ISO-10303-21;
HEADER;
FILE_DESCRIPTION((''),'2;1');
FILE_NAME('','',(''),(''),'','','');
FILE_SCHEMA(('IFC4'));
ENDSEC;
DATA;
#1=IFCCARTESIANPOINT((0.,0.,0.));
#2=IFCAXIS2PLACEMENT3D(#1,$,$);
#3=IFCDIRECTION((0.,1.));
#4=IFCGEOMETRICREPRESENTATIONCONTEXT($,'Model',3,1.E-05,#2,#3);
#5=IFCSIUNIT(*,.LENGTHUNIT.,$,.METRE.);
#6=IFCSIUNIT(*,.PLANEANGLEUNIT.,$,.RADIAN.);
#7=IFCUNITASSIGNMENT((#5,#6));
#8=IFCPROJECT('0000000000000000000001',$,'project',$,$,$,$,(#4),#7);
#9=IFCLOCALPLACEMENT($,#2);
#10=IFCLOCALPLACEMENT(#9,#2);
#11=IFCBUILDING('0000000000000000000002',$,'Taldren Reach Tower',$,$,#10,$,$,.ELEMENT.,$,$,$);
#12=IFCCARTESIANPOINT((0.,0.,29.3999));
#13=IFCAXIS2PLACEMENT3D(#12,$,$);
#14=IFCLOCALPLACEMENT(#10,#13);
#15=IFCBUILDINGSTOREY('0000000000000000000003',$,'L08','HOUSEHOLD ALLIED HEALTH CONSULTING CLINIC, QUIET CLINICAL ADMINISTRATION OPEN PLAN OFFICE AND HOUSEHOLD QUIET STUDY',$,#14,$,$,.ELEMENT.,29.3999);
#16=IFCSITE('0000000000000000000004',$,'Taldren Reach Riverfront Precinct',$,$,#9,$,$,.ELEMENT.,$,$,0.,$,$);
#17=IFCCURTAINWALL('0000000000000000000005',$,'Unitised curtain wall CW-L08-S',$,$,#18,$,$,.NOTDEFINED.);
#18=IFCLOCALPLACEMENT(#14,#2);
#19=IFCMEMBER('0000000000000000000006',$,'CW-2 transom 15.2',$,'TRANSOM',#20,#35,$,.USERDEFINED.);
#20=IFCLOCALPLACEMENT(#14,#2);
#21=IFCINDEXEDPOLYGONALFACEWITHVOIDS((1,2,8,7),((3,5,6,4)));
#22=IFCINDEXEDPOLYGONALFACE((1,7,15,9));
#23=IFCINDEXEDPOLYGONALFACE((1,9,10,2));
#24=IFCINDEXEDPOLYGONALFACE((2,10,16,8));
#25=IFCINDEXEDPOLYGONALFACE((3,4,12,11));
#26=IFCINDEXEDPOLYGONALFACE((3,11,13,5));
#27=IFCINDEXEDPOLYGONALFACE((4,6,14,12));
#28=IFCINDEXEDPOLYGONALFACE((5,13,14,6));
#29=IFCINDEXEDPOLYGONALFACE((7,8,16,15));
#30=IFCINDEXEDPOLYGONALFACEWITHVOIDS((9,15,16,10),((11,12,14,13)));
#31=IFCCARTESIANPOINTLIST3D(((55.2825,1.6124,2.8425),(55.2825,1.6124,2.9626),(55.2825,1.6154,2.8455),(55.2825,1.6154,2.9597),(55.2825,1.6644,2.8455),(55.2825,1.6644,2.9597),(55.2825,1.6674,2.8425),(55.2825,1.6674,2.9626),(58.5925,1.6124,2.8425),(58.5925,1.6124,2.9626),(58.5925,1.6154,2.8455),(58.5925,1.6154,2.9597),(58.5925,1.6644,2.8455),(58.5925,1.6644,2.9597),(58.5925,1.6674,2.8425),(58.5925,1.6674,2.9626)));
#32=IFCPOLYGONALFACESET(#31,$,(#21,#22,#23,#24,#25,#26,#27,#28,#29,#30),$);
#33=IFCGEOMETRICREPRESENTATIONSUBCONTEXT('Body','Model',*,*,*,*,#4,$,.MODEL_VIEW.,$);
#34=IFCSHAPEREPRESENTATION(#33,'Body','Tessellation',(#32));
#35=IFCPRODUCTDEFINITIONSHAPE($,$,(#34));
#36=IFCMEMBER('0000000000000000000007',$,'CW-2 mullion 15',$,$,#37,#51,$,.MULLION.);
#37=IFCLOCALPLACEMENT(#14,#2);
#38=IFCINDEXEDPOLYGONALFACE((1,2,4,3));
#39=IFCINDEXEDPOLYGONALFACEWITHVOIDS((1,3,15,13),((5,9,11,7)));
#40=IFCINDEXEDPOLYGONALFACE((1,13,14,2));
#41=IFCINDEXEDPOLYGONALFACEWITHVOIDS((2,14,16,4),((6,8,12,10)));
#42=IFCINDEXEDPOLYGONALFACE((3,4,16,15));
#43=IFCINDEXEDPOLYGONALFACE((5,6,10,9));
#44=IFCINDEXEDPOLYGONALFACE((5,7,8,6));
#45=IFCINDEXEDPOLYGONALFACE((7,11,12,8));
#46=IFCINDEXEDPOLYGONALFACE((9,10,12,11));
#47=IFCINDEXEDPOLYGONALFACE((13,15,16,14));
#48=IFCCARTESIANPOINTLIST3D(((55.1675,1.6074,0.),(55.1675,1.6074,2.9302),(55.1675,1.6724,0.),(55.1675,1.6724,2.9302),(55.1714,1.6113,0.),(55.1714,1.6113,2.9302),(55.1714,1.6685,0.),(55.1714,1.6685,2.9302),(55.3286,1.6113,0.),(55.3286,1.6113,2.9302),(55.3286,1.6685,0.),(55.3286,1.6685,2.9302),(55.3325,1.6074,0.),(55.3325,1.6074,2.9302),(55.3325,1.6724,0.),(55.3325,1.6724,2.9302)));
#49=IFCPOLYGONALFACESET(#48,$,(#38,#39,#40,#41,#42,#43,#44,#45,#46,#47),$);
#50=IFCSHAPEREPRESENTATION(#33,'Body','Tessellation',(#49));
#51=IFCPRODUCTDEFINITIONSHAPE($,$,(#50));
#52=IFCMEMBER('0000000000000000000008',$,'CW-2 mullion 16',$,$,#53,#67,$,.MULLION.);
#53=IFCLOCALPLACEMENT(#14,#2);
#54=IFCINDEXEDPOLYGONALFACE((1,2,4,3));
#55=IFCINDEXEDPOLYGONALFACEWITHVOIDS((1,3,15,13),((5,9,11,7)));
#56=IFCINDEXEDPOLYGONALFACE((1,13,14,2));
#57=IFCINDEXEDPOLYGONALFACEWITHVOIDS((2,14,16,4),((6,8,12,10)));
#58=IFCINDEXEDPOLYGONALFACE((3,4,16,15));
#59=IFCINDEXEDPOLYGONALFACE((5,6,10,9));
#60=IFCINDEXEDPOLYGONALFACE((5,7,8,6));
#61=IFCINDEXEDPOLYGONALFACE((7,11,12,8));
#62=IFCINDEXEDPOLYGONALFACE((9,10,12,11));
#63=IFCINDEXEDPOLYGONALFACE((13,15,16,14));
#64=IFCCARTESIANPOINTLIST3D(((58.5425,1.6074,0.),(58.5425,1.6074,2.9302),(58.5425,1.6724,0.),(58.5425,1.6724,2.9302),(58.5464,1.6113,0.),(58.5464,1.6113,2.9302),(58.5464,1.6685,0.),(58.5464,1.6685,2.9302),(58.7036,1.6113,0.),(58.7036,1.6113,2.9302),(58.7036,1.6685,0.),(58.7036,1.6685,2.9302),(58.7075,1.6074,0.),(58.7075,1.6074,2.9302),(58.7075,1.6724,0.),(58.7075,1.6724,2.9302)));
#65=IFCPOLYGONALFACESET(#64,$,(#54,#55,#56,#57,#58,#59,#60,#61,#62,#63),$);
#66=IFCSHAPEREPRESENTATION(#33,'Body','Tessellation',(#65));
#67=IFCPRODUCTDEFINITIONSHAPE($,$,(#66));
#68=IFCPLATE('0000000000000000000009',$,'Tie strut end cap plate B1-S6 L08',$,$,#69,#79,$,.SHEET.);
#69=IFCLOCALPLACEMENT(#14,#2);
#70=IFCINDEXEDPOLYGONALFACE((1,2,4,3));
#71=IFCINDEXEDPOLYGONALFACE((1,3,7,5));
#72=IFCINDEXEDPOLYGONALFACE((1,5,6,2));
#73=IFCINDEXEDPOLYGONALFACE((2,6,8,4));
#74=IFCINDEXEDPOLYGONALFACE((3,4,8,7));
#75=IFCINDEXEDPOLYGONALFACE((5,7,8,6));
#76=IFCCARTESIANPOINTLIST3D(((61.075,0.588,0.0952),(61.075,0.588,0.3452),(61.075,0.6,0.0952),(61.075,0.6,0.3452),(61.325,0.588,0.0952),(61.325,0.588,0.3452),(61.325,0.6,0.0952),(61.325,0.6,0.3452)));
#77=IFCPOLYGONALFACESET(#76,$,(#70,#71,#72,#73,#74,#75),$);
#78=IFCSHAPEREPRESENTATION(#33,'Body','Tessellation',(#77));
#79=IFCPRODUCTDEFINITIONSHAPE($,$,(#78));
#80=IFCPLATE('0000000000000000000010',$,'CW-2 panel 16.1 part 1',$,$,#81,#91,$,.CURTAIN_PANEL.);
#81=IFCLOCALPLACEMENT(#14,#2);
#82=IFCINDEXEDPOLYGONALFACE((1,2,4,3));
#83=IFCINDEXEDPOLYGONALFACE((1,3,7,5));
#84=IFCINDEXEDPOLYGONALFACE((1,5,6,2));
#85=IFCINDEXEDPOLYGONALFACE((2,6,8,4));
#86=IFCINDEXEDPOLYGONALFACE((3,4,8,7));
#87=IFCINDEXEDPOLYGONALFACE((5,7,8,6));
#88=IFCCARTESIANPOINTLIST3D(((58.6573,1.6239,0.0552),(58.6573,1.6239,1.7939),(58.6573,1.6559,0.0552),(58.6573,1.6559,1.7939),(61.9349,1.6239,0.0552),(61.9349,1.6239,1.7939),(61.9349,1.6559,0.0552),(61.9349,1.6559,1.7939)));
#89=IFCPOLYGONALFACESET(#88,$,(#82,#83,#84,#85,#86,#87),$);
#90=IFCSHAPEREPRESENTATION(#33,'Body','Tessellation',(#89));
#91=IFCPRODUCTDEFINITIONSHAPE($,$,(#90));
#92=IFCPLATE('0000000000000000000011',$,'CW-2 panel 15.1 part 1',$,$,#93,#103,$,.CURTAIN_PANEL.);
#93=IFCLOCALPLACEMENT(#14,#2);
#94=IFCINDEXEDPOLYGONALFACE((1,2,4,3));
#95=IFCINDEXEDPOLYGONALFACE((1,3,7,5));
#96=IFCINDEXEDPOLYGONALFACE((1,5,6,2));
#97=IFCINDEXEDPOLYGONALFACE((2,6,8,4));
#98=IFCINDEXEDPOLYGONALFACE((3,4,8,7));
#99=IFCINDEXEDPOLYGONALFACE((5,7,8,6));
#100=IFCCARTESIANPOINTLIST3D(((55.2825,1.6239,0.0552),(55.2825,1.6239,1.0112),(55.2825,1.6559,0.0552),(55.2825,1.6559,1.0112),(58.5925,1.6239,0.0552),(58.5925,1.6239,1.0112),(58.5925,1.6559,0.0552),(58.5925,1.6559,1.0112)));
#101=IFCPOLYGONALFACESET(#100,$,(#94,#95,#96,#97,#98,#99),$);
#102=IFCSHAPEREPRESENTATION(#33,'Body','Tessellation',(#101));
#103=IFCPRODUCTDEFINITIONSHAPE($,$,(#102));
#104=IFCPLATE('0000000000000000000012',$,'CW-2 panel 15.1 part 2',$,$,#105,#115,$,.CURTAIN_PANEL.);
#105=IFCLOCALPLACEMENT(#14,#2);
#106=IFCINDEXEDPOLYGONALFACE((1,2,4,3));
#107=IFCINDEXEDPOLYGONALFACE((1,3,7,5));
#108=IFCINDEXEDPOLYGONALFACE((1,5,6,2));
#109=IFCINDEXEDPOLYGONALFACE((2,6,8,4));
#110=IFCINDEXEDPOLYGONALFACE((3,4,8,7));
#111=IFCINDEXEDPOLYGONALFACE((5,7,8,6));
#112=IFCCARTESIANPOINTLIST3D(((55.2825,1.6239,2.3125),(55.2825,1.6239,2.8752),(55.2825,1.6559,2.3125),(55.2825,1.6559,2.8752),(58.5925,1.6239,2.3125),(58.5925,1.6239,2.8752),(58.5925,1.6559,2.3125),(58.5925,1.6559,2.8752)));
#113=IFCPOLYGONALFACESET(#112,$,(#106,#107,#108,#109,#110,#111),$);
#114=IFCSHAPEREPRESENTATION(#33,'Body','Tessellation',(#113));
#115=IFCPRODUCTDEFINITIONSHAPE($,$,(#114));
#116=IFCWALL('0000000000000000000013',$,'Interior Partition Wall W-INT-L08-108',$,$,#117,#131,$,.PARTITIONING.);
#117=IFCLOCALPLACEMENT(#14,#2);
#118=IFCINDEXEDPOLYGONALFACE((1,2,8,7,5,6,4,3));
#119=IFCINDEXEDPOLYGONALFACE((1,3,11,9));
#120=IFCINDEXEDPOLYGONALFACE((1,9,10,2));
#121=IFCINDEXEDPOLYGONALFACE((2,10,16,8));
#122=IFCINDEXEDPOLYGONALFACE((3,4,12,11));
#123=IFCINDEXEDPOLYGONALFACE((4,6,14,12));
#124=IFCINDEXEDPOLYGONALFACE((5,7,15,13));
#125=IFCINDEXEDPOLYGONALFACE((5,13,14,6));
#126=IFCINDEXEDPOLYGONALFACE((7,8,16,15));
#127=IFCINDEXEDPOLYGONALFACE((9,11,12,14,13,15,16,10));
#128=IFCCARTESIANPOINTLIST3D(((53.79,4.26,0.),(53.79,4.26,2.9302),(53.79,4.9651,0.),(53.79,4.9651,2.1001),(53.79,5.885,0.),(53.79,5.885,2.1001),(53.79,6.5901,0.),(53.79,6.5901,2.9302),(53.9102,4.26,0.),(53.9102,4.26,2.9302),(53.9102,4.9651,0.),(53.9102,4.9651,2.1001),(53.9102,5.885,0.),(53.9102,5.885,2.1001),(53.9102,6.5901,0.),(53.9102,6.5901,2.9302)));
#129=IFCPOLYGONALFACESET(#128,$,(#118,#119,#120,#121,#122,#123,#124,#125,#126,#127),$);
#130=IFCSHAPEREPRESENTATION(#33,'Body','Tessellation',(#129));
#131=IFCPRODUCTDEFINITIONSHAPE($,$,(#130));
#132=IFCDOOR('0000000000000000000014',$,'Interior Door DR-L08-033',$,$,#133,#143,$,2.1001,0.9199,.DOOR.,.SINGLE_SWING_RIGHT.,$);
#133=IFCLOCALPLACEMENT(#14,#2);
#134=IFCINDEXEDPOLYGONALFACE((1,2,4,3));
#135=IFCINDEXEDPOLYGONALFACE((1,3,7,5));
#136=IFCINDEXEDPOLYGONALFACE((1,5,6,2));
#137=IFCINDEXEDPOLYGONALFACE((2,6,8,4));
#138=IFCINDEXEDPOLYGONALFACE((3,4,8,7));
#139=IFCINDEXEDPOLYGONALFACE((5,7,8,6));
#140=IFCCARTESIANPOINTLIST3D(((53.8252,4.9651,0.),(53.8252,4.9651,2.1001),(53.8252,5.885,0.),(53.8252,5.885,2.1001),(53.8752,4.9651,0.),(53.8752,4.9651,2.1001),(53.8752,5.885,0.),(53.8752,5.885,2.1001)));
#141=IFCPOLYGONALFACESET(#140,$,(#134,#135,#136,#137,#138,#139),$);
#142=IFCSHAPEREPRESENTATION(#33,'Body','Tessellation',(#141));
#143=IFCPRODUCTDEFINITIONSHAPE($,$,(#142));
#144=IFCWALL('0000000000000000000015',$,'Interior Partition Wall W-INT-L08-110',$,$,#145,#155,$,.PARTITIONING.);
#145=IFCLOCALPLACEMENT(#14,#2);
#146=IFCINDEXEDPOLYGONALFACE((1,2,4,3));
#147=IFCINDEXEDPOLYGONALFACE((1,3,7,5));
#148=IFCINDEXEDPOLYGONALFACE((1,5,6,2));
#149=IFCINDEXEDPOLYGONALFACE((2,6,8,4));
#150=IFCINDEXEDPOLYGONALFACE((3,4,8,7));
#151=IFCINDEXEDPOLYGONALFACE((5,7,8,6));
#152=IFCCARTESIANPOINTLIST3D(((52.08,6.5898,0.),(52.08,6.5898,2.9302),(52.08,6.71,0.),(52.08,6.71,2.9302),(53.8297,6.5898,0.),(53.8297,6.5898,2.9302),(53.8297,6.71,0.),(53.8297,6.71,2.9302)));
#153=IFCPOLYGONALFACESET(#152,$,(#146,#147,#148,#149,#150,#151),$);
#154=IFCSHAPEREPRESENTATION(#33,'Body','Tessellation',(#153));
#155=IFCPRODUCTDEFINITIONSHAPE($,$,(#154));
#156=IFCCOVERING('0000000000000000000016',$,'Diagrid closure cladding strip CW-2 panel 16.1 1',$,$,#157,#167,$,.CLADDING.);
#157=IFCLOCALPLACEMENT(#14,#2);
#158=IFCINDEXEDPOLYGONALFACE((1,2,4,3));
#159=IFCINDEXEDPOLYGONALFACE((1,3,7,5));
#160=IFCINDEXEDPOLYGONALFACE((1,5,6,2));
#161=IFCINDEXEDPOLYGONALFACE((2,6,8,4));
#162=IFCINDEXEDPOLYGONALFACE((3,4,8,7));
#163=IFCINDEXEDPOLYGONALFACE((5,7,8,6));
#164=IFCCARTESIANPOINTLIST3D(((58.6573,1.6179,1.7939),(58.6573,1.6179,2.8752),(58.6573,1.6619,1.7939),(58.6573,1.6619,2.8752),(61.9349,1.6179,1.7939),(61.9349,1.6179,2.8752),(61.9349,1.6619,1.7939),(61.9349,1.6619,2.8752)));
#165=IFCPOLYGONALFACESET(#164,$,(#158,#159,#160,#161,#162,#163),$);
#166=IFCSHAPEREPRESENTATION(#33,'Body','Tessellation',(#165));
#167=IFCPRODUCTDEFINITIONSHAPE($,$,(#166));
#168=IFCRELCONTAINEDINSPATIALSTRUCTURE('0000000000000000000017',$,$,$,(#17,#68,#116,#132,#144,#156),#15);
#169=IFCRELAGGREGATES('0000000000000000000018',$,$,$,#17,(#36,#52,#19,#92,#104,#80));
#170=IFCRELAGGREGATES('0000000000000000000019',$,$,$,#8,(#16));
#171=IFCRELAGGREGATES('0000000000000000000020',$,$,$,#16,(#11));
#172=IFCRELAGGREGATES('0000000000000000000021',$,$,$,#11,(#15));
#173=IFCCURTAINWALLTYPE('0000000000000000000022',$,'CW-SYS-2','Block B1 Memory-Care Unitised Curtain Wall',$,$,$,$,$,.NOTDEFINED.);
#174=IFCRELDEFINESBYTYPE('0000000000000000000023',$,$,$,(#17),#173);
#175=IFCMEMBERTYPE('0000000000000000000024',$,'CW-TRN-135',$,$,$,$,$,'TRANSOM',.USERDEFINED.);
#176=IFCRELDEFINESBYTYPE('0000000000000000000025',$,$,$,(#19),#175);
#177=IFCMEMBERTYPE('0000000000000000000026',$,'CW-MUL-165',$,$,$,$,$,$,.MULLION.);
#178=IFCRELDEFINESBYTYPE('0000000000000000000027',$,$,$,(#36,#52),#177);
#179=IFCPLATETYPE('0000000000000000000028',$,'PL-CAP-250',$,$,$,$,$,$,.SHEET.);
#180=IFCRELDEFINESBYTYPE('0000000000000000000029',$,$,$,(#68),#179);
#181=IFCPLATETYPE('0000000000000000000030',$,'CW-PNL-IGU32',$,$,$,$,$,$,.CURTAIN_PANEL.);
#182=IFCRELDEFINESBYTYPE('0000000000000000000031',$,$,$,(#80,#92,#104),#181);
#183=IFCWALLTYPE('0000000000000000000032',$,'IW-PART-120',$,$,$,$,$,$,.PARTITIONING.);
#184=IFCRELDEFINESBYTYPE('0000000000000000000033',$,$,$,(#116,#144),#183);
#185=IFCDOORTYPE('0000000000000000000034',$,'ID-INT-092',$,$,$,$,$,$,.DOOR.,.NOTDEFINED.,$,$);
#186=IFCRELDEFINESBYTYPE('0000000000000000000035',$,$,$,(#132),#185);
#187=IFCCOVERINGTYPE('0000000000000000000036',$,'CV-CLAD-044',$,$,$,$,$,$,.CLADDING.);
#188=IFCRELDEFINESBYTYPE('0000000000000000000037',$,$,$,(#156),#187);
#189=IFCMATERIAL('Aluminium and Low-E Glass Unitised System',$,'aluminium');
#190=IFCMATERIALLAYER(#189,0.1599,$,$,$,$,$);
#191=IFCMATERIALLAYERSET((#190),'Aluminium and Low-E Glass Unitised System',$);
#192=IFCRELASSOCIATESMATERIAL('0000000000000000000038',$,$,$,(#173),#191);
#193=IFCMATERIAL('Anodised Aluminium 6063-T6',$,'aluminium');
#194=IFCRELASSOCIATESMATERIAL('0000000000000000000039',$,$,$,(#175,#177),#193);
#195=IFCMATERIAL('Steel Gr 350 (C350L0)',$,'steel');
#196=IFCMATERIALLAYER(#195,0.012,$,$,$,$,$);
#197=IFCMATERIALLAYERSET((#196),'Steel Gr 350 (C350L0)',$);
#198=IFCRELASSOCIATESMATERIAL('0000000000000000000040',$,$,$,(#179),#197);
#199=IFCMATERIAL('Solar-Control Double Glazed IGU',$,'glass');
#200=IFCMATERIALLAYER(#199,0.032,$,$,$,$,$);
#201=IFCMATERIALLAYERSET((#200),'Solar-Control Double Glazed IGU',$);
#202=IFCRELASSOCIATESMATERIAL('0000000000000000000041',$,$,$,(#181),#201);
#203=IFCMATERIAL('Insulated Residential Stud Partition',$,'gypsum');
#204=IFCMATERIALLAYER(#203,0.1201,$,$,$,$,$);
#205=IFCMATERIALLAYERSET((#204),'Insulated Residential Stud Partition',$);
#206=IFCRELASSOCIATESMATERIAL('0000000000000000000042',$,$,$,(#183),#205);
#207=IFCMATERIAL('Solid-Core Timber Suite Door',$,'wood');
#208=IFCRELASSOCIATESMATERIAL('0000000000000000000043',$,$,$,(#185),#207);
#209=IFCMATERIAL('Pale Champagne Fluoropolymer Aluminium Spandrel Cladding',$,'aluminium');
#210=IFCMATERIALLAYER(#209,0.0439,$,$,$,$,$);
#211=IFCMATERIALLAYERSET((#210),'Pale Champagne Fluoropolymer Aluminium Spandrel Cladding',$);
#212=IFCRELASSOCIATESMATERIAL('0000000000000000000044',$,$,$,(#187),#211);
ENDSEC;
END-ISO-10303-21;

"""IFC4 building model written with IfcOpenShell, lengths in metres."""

from ifc_helpers import new_model, si_unit, direction, frame, frame_2d, origin, origin_2d, place, context, subcontext, project, spatial, rectangle, hollow_rectangle, extrude, source, transform, mapped, material, layer, layer_set, material_profile, profile_set, type_object, element, fill, aggregate, save


model = new_model("IFC4")

# Units and contexts
model_context = context("Model", 3, precision=1e-05, world=origin(), true_north=direction((0.0, 1.0)))
body_context = subcontext(model_context, "Body", "Model", "MODEL_VIEW")
ifc_project = project(units=[si_unit("LENGTHUNIT", "METRE"), si_unit("PLANEANGLEUNIT", "RADIAN")], contexts=[model_context])

# Site, building, storey
site_placement = place(None, origin())
site = spatial("IfcSite", under=ifc_project, at=site_placement, Name="Taldren Reach Riverfront Precinct", CompositionType="ELEMENT", RefElevation=0.0)
building_placement = place(site_placement, origin())
building = spatial("IfcBuilding", under=site, at=building_placement, Name="Taldren Reach Tower", CompositionType="ELEMENT")
storey_placement = place(building_placement, frame((0.0, 0.0, 29.3999)))
storey = spatial("IfcBuildingStorey", under=building, at=storey_placement, Name="L08", Description="HOUSEHOLD ALLIED HEALTH CONSULTING CLINIC, QUIET CLINICAL ADMINISTRATION OPEN PLAN OFFICE AND HOUSEHOLD QUIET STUDY", CompositionType="ELEMENT", Elevation=29.3999)

# Shared definitions
ifc_material_1 = material(Name="Steel Gr 350 (C350L0)", Category="steel")

# Curtain wall, members
ifc_material_2 = material(Name="Aluminium and Low-E Glass Unitised System", Category="aluminium")
ifc_layer_1 = layer(ifc_material_2, 0.1599)
ifc_layer_set_1 = layer_set([ifc_layer_1], Name="Aluminium and Low-E Glass Unitised System")
curtain_wall_type = type_object("IfcCurtainWallType", Name="CW-SYS-2", Description="Block B1 Memory-Care Unitised Curtain Wall", PredefinedType="NOTDEFINED", material=ifc_layer_set_1)
curtain_wall_placement = place(storey_placement, origin())
curtain_wall = element("IfcCurtainWall", 1, at=curtain_wall_placement, inside=storey, type_object=curtain_wall_type, Name="Unitised curtain wall CW-L08-S", PredefinedType="NOTDEFINED")
ifc_material_3 = material(Name="Anodised Aluminium 6063-T6", Category="aluminium")
ifc_material_profile_1 = material_profile(ifc_material_3, hollow_rectangle(XDim=0.0549, YDim=0.1201, WallThickness=0.0029, at=origin_2d()), Name="ALU-120x55x3RHS")
ifc_profile_set_1 = profile_set([ifc_material_profile_1], Name="Anodised Aluminium 6063-T6")
member_type_1 = type_object("IfcMemberType", Name="CW-TRN-135", ElementType="TRANSOM", PredefinedType="USERDEFINED", material=ifc_profile_set_1)
shared_shape_1 = source(origin(), body_context, "Body", "SweptSolid", [
    extrude(hollow_rectangle(XDim=0.0549, YDim=0.1201, WallThickness=0.0029, at=origin_2d()), origin(), (0.0, 0.0, 1.0), 3.3101),
])
member_1_placement = place(storey_placement, frame((55.2825, 1.6399, 2.9026), z_axis=(1.0, 0.0, 0.0), x_axis=(0.0, 1.0, 0.0)))
member_1 = element("IfcMember", 2, at=member_1_placement, type_object=member_type_1, Name="CW-2 transom 15.2", ObjectType="TRANSOM", PredefinedType="USERDEFINED", context=body_context, shape_type="MappedRepresentation", body=[
    mapped(shared_shape_1, transform((0.0, 0.0, 0.0), scale=1.0)),
])
ifc_material_profile_2 = material_profile(ifc_material_3, hollow_rectangle(XDim=0.0649, YDim=0.165, WallThickness=0.0039, at=origin_2d()), Name="ALU-165x65x4RHS")
ifc_profile_set_2 = profile_set([ifc_material_profile_2], Name="Anodised Aluminium 6063-T6")
member_type_2 = type_object("IfcMemberType", Name="CW-MUL-165", PredefinedType="MULLION", material=ifc_profile_set_2)
shared_shape_2 = source(origin(), body_context, "Body", "SweptSolid", [
    extrude(hollow_rectangle(XDim=0.0649, YDim=0.165, WallThickness=0.0039, at=origin_2d()), origin(), (0.0, 0.0, 1.0), 2.9302),
])
member_2_placement = place(storey_placement, frame((55.25, 1.6399, 0.0), z_axis=(0.0, 0.0, 1.0), x_axis=(0.0, 1.0, 0.0)))
member_2 = element("IfcMember", 3, at=member_2_placement, type_object=member_type_2, Name="CW-2 mullion 15", PredefinedType="MULLION", context=body_context, shape_type="MappedRepresentation", body=[
    mapped(shared_shape_2, transform((0.0, 0.0, 0.0), scale=1.0)),
])
member_3_placement = place(storey_placement, frame((58.625, 1.6399, 0.0), z_axis=(0.0, 0.0, 1.0), x_axis=(0.0, 1.0, 0.0)))
member_3 = element("IfcMember", 4, at=member_3_placement, type_object=member_type_2, Name="CW-2 mullion 16", PredefinedType="MULLION", context=body_context, shape_type="MappedRepresentation", body=[
    mapped(shared_shape_2, transform((0.0, 0.0, 0.0), scale=1.0)),
])

# Plates
ifc_layer_2 = layer(ifc_material_1, 0.012)
ifc_layer_set_2 = layer_set([ifc_layer_2], Name="Steel Gr 350 (C350L0)")
plate_type_1 = type_object("IfcPlateType", Name="PL-CAP-250", PredefinedType="SHEET", material=ifc_layer_set_2)
shared_shape_3 = source(origin(), body_context, "Body", "SweptSolid", [
    extrude(rectangle(XDim=0.25, YDim=0.012, at=origin_2d()), origin(), (0.0, 0.0, 1.0), 0.25),
])
plate_1_placement = place(storey_placement, frame((61.2, 0.594, 0.0952), z_axis=(0.0, 0.0, 1.0), x_axis=(1.0, 0.0, 0.0)))
element("IfcPlate", 5, at=plate_1_placement, inside=storey, type_object=plate_type_1, Name="Tie strut end cap plate B1-S6 L08", PredefinedType="SHEET", context=body_context, shape_type="MappedRepresentation", body=[
    mapped(shared_shape_3, transform((0.0, 0.0, 0.0), scale=1.0)),
])
ifc_material_4 = material(Name="Solar-Control Double Glazed IGU", Category="glass")
ifc_layer_3 = layer(ifc_material_4, 0.032)
ifc_layer_set_3 = layer_set([ifc_layer_3], Name="Solar-Control Double Glazed IGU")
plate_type_2 = type_object("IfcPlateType", Name="CW-PNL-IGU32", PredefinedType="CURTAIN_PANEL", material=ifc_layer_set_3)
shared_shape_4 = source(origin(), body_context, "Body", "SweptSolid", [
    extrude(rectangle(XDim=3.2776, YDim=0.032, at=origin_2d()), origin(), (0.0, 0.0, 1.0), 1.7388),
])
plate_2_placement = place(storey_placement, frame((60.2961, 1.6399, 0.0552), z_axis=(0.0, 0.0, 1.0), x_axis=(1.0, 0.0, 0.0)))
plate_2 = element("IfcPlate", 6, at=plate_2_placement, type_object=plate_type_2, Name="CW-2 panel 16.1 part 1", PredefinedType="CURTAIN_PANEL", context=body_context, shape_type="MappedRepresentation", body=[
    mapped(shared_shape_4, transform((0.0, 0.0, 0.0), scale=1.0)),
])
shared_shape_5 = source(origin(), body_context, "Body", "SweptSolid", [
    extrude(rectangle(XDim=3.3101, YDim=0.032, at=origin_2d()), origin(), (0.0, 0.0, 1.0), 0.9561),
])
plate_3_placement = place(storey_placement, frame((56.9375, 1.6399, 0.0552), z_axis=(0.0, 0.0, 1.0), x_axis=(1.0, 0.0, 0.0)))
plate_3 = element("IfcPlate", 7, at=plate_3_placement, type_object=plate_type_2, Name="CW-2 panel 15.1 part 1", PredefinedType="CURTAIN_PANEL", context=body_context, shape_type="MappedRepresentation", body=[
    mapped(shared_shape_5, transform((0.0, 0.0, 0.0), scale=1.0)),
])
shared_shape_6 = source(origin(), body_context, "Body", "SweptSolid", [
    extrude(rectangle(XDim=3.3101, YDim=0.032, at=origin_2d()), origin(), (0.0, 0.0, 1.0), 0.5627),
])
plate_4_placement = place(storey_placement, frame((56.9375, 1.6399, 2.3125), z_axis=(0.0, 0.0, 1.0), x_axis=(1.0, 0.0, 0.0)))
plate_4 = element("IfcPlate", 8, at=plate_4_placement, type_object=plate_type_2, Name="CW-2 panel 15.1 part 2", PredefinedType="CURTAIN_PANEL", context=body_context, shape_type="MappedRepresentation", body=[
    mapped(shared_shape_6, transform((0.0, 0.0, 0.0), scale=1.0)),
])
aggregate(curtain_wall, [member_2, member_3, member_1, plate_3, plate_4, plate_2])

# Wall, opening, door
ifc_material_5 = material(Name="Insulated Residential Stud Partition", Category="gypsum")
ifc_layer_4 = layer(ifc_material_5, 0.1201)
ifc_layer_set_4 = layer_set([ifc_layer_4], Name="Insulated Residential Stud Partition")
wall_type = type_object("IfcWallType", Name="IW-PART-120", PredefinedType="PARTITIONING", material=ifc_layer_set_4)
shared_shape_7 = source(origin(), body_context, "Body", "SweptSolid", [
    extrude(rectangle(XDim=2.3301, YDim=0.1201, at=frame_2d((1.165, 0.0))), origin(), (0.0, 0.0, 1.0), 2.9302),
])
wall_1_placement = place(storey_placement, frame((53.8501, 4.26, 0.0), z_axis=(0.0, 0.0, 1.0), x_axis=(0.0, 1.0, 0.0)))
wall_1 = element("IfcWall", 9, at=wall_1_placement, inside=storey, type_object=wall_type, Name="Interior Partition Wall W-INT-L08-108", PredefinedType="PARTITIONING", context=body_context, shape_type="MappedRepresentation", body=[
    mapped(shared_shape_7, transform((0.0, 0.0, 0.0), scale=1.0)),
])
shared_shape_8 = source(origin(), body_context, "Body", "SweptSolid", [
    extrude(rectangle(XDim=0.9199, YDim=2.1001, at=frame_2d((0.46, 1.05))), frame((0.0, 0.0701, 0.0), z_axis=(0.0, -1.0, 0.0), x_axis=(1.0, 0.0, 0.0)), (0.0, 0.0, 1.0), 0.1401),
])
opening_placement = place(wall_1_placement, frame((0.7051, 0.0, 0.0)))
opening = element("IfcOpeningElement", 10, at=opening_placement, cuts=wall_1, PredefinedType="OPENING", context=body_context, shape_type="MappedRepresentation", body=[
    mapped(shared_shape_8, transform((0.0, 0.0, 0.0), scale=1.0)),
])
ifc_material_6 = material(Name="Solid-Core Timber Suite Door", Category="wood")
door_type = type_object("IfcDoorType", Name="ID-INT-092", OperationType="NOTDEFINED", PredefinedType="DOOR", material=ifc_material_6)
shared_shape_9 = source(origin(), body_context, "Body", "SweptSolid", [
    extrude(rectangle(XDim=0.9199, YDim=2.1001, at=frame_2d((0.46, 1.05))), frame((0.0, 0.0249, 0.0), z_axis=(0.0, -1.0, 0.0), x_axis=(1.0, 0.0, 0.0)), (0.0, 0.0, 1.0), 0.05),
])
door_placement = place(opening_placement, origin())
door = element("IfcDoor", 11, at=door_placement, inside=storey, type_object=door_type, Name="Interior Door DR-L08-033", OperationType="SINGLE_SWING_RIGHT", OverallHeight=2.1001, OverallWidth=0.9199, PredefinedType="DOOR", context=body_context, shape_type="MappedRepresentation", body=[
    mapped(shared_shape_9, transform((0.0, 0.0, 0.0), scale=1.0)),
])
fill(opening, door)

# Wall
shared_shape_10 = source(origin(), body_context, "Body", "SweptSolid", [
    extrude(rectangle(XDim=1.7498, YDim=0.1201, at=frame_2d((0.875, 0.0))), origin(), (0.0, 0.0, 1.0), 2.9302),
])
wall_2_placement = place(storey_placement, frame((53.8298, 6.6499, 0.0), z_axis=(0.0, 0.0, 1.0), x_axis=(-1.0, 0.0, 0.0)))
element("IfcWall", 12, at=wall_2_placement, inside=storey, type_object=wall_type, Name="Interior Partition Wall W-INT-L08-110", PredefinedType="PARTITIONING", context=body_context, shape_type="MappedRepresentation", body=[
    mapped(shared_shape_10, transform((0.0, 0.0, 0.0), scale=1.0)),
])

# Covering
ifc_material_7 = material(Name="Pale Champagne Fluoropolymer Aluminium Spandrel Cladding", Category="aluminium")
ifc_layer_5 = layer(ifc_material_7, 0.0439)
ifc_layer_set_5 = layer_set([ifc_layer_5], Name="Pale Champagne Fluoropolymer Aluminium Spandrel Cladding")
covering_type = type_object("IfcCoveringType", Name="CV-CLAD-044", PredefinedType="CLADDING", material=ifc_layer_set_5)
shared_shape_11 = source(origin(), body_context, "Body", "SweptSolid", [
    extrude(rectangle(XDim=3.2776, YDim=0.0439, at=origin_2d()), origin(), (0.0, 0.0, 1.0), 1.0813),
])
covering_1_placement = place(storey_placement, frame((60.2961, 1.6399, 1.7939), z_axis=(0.0, 0.0, 1.0), x_axis=(1.0, 0.0, 0.0)))
element("IfcCovering", 13, at=covering_1_placement, inside=storey, type_object=covering_type, Name="Diagrid closure cladding strip CW-2 panel 16.1 1", PredefinedType="CLADDING", context=body_context, shape_type="MappedRepresentation", body=[
    mapped(shared_shape_11, transform((0.0, 0.0, 0.0), scale=1.0)),
])

save(model, "model.ifc")
